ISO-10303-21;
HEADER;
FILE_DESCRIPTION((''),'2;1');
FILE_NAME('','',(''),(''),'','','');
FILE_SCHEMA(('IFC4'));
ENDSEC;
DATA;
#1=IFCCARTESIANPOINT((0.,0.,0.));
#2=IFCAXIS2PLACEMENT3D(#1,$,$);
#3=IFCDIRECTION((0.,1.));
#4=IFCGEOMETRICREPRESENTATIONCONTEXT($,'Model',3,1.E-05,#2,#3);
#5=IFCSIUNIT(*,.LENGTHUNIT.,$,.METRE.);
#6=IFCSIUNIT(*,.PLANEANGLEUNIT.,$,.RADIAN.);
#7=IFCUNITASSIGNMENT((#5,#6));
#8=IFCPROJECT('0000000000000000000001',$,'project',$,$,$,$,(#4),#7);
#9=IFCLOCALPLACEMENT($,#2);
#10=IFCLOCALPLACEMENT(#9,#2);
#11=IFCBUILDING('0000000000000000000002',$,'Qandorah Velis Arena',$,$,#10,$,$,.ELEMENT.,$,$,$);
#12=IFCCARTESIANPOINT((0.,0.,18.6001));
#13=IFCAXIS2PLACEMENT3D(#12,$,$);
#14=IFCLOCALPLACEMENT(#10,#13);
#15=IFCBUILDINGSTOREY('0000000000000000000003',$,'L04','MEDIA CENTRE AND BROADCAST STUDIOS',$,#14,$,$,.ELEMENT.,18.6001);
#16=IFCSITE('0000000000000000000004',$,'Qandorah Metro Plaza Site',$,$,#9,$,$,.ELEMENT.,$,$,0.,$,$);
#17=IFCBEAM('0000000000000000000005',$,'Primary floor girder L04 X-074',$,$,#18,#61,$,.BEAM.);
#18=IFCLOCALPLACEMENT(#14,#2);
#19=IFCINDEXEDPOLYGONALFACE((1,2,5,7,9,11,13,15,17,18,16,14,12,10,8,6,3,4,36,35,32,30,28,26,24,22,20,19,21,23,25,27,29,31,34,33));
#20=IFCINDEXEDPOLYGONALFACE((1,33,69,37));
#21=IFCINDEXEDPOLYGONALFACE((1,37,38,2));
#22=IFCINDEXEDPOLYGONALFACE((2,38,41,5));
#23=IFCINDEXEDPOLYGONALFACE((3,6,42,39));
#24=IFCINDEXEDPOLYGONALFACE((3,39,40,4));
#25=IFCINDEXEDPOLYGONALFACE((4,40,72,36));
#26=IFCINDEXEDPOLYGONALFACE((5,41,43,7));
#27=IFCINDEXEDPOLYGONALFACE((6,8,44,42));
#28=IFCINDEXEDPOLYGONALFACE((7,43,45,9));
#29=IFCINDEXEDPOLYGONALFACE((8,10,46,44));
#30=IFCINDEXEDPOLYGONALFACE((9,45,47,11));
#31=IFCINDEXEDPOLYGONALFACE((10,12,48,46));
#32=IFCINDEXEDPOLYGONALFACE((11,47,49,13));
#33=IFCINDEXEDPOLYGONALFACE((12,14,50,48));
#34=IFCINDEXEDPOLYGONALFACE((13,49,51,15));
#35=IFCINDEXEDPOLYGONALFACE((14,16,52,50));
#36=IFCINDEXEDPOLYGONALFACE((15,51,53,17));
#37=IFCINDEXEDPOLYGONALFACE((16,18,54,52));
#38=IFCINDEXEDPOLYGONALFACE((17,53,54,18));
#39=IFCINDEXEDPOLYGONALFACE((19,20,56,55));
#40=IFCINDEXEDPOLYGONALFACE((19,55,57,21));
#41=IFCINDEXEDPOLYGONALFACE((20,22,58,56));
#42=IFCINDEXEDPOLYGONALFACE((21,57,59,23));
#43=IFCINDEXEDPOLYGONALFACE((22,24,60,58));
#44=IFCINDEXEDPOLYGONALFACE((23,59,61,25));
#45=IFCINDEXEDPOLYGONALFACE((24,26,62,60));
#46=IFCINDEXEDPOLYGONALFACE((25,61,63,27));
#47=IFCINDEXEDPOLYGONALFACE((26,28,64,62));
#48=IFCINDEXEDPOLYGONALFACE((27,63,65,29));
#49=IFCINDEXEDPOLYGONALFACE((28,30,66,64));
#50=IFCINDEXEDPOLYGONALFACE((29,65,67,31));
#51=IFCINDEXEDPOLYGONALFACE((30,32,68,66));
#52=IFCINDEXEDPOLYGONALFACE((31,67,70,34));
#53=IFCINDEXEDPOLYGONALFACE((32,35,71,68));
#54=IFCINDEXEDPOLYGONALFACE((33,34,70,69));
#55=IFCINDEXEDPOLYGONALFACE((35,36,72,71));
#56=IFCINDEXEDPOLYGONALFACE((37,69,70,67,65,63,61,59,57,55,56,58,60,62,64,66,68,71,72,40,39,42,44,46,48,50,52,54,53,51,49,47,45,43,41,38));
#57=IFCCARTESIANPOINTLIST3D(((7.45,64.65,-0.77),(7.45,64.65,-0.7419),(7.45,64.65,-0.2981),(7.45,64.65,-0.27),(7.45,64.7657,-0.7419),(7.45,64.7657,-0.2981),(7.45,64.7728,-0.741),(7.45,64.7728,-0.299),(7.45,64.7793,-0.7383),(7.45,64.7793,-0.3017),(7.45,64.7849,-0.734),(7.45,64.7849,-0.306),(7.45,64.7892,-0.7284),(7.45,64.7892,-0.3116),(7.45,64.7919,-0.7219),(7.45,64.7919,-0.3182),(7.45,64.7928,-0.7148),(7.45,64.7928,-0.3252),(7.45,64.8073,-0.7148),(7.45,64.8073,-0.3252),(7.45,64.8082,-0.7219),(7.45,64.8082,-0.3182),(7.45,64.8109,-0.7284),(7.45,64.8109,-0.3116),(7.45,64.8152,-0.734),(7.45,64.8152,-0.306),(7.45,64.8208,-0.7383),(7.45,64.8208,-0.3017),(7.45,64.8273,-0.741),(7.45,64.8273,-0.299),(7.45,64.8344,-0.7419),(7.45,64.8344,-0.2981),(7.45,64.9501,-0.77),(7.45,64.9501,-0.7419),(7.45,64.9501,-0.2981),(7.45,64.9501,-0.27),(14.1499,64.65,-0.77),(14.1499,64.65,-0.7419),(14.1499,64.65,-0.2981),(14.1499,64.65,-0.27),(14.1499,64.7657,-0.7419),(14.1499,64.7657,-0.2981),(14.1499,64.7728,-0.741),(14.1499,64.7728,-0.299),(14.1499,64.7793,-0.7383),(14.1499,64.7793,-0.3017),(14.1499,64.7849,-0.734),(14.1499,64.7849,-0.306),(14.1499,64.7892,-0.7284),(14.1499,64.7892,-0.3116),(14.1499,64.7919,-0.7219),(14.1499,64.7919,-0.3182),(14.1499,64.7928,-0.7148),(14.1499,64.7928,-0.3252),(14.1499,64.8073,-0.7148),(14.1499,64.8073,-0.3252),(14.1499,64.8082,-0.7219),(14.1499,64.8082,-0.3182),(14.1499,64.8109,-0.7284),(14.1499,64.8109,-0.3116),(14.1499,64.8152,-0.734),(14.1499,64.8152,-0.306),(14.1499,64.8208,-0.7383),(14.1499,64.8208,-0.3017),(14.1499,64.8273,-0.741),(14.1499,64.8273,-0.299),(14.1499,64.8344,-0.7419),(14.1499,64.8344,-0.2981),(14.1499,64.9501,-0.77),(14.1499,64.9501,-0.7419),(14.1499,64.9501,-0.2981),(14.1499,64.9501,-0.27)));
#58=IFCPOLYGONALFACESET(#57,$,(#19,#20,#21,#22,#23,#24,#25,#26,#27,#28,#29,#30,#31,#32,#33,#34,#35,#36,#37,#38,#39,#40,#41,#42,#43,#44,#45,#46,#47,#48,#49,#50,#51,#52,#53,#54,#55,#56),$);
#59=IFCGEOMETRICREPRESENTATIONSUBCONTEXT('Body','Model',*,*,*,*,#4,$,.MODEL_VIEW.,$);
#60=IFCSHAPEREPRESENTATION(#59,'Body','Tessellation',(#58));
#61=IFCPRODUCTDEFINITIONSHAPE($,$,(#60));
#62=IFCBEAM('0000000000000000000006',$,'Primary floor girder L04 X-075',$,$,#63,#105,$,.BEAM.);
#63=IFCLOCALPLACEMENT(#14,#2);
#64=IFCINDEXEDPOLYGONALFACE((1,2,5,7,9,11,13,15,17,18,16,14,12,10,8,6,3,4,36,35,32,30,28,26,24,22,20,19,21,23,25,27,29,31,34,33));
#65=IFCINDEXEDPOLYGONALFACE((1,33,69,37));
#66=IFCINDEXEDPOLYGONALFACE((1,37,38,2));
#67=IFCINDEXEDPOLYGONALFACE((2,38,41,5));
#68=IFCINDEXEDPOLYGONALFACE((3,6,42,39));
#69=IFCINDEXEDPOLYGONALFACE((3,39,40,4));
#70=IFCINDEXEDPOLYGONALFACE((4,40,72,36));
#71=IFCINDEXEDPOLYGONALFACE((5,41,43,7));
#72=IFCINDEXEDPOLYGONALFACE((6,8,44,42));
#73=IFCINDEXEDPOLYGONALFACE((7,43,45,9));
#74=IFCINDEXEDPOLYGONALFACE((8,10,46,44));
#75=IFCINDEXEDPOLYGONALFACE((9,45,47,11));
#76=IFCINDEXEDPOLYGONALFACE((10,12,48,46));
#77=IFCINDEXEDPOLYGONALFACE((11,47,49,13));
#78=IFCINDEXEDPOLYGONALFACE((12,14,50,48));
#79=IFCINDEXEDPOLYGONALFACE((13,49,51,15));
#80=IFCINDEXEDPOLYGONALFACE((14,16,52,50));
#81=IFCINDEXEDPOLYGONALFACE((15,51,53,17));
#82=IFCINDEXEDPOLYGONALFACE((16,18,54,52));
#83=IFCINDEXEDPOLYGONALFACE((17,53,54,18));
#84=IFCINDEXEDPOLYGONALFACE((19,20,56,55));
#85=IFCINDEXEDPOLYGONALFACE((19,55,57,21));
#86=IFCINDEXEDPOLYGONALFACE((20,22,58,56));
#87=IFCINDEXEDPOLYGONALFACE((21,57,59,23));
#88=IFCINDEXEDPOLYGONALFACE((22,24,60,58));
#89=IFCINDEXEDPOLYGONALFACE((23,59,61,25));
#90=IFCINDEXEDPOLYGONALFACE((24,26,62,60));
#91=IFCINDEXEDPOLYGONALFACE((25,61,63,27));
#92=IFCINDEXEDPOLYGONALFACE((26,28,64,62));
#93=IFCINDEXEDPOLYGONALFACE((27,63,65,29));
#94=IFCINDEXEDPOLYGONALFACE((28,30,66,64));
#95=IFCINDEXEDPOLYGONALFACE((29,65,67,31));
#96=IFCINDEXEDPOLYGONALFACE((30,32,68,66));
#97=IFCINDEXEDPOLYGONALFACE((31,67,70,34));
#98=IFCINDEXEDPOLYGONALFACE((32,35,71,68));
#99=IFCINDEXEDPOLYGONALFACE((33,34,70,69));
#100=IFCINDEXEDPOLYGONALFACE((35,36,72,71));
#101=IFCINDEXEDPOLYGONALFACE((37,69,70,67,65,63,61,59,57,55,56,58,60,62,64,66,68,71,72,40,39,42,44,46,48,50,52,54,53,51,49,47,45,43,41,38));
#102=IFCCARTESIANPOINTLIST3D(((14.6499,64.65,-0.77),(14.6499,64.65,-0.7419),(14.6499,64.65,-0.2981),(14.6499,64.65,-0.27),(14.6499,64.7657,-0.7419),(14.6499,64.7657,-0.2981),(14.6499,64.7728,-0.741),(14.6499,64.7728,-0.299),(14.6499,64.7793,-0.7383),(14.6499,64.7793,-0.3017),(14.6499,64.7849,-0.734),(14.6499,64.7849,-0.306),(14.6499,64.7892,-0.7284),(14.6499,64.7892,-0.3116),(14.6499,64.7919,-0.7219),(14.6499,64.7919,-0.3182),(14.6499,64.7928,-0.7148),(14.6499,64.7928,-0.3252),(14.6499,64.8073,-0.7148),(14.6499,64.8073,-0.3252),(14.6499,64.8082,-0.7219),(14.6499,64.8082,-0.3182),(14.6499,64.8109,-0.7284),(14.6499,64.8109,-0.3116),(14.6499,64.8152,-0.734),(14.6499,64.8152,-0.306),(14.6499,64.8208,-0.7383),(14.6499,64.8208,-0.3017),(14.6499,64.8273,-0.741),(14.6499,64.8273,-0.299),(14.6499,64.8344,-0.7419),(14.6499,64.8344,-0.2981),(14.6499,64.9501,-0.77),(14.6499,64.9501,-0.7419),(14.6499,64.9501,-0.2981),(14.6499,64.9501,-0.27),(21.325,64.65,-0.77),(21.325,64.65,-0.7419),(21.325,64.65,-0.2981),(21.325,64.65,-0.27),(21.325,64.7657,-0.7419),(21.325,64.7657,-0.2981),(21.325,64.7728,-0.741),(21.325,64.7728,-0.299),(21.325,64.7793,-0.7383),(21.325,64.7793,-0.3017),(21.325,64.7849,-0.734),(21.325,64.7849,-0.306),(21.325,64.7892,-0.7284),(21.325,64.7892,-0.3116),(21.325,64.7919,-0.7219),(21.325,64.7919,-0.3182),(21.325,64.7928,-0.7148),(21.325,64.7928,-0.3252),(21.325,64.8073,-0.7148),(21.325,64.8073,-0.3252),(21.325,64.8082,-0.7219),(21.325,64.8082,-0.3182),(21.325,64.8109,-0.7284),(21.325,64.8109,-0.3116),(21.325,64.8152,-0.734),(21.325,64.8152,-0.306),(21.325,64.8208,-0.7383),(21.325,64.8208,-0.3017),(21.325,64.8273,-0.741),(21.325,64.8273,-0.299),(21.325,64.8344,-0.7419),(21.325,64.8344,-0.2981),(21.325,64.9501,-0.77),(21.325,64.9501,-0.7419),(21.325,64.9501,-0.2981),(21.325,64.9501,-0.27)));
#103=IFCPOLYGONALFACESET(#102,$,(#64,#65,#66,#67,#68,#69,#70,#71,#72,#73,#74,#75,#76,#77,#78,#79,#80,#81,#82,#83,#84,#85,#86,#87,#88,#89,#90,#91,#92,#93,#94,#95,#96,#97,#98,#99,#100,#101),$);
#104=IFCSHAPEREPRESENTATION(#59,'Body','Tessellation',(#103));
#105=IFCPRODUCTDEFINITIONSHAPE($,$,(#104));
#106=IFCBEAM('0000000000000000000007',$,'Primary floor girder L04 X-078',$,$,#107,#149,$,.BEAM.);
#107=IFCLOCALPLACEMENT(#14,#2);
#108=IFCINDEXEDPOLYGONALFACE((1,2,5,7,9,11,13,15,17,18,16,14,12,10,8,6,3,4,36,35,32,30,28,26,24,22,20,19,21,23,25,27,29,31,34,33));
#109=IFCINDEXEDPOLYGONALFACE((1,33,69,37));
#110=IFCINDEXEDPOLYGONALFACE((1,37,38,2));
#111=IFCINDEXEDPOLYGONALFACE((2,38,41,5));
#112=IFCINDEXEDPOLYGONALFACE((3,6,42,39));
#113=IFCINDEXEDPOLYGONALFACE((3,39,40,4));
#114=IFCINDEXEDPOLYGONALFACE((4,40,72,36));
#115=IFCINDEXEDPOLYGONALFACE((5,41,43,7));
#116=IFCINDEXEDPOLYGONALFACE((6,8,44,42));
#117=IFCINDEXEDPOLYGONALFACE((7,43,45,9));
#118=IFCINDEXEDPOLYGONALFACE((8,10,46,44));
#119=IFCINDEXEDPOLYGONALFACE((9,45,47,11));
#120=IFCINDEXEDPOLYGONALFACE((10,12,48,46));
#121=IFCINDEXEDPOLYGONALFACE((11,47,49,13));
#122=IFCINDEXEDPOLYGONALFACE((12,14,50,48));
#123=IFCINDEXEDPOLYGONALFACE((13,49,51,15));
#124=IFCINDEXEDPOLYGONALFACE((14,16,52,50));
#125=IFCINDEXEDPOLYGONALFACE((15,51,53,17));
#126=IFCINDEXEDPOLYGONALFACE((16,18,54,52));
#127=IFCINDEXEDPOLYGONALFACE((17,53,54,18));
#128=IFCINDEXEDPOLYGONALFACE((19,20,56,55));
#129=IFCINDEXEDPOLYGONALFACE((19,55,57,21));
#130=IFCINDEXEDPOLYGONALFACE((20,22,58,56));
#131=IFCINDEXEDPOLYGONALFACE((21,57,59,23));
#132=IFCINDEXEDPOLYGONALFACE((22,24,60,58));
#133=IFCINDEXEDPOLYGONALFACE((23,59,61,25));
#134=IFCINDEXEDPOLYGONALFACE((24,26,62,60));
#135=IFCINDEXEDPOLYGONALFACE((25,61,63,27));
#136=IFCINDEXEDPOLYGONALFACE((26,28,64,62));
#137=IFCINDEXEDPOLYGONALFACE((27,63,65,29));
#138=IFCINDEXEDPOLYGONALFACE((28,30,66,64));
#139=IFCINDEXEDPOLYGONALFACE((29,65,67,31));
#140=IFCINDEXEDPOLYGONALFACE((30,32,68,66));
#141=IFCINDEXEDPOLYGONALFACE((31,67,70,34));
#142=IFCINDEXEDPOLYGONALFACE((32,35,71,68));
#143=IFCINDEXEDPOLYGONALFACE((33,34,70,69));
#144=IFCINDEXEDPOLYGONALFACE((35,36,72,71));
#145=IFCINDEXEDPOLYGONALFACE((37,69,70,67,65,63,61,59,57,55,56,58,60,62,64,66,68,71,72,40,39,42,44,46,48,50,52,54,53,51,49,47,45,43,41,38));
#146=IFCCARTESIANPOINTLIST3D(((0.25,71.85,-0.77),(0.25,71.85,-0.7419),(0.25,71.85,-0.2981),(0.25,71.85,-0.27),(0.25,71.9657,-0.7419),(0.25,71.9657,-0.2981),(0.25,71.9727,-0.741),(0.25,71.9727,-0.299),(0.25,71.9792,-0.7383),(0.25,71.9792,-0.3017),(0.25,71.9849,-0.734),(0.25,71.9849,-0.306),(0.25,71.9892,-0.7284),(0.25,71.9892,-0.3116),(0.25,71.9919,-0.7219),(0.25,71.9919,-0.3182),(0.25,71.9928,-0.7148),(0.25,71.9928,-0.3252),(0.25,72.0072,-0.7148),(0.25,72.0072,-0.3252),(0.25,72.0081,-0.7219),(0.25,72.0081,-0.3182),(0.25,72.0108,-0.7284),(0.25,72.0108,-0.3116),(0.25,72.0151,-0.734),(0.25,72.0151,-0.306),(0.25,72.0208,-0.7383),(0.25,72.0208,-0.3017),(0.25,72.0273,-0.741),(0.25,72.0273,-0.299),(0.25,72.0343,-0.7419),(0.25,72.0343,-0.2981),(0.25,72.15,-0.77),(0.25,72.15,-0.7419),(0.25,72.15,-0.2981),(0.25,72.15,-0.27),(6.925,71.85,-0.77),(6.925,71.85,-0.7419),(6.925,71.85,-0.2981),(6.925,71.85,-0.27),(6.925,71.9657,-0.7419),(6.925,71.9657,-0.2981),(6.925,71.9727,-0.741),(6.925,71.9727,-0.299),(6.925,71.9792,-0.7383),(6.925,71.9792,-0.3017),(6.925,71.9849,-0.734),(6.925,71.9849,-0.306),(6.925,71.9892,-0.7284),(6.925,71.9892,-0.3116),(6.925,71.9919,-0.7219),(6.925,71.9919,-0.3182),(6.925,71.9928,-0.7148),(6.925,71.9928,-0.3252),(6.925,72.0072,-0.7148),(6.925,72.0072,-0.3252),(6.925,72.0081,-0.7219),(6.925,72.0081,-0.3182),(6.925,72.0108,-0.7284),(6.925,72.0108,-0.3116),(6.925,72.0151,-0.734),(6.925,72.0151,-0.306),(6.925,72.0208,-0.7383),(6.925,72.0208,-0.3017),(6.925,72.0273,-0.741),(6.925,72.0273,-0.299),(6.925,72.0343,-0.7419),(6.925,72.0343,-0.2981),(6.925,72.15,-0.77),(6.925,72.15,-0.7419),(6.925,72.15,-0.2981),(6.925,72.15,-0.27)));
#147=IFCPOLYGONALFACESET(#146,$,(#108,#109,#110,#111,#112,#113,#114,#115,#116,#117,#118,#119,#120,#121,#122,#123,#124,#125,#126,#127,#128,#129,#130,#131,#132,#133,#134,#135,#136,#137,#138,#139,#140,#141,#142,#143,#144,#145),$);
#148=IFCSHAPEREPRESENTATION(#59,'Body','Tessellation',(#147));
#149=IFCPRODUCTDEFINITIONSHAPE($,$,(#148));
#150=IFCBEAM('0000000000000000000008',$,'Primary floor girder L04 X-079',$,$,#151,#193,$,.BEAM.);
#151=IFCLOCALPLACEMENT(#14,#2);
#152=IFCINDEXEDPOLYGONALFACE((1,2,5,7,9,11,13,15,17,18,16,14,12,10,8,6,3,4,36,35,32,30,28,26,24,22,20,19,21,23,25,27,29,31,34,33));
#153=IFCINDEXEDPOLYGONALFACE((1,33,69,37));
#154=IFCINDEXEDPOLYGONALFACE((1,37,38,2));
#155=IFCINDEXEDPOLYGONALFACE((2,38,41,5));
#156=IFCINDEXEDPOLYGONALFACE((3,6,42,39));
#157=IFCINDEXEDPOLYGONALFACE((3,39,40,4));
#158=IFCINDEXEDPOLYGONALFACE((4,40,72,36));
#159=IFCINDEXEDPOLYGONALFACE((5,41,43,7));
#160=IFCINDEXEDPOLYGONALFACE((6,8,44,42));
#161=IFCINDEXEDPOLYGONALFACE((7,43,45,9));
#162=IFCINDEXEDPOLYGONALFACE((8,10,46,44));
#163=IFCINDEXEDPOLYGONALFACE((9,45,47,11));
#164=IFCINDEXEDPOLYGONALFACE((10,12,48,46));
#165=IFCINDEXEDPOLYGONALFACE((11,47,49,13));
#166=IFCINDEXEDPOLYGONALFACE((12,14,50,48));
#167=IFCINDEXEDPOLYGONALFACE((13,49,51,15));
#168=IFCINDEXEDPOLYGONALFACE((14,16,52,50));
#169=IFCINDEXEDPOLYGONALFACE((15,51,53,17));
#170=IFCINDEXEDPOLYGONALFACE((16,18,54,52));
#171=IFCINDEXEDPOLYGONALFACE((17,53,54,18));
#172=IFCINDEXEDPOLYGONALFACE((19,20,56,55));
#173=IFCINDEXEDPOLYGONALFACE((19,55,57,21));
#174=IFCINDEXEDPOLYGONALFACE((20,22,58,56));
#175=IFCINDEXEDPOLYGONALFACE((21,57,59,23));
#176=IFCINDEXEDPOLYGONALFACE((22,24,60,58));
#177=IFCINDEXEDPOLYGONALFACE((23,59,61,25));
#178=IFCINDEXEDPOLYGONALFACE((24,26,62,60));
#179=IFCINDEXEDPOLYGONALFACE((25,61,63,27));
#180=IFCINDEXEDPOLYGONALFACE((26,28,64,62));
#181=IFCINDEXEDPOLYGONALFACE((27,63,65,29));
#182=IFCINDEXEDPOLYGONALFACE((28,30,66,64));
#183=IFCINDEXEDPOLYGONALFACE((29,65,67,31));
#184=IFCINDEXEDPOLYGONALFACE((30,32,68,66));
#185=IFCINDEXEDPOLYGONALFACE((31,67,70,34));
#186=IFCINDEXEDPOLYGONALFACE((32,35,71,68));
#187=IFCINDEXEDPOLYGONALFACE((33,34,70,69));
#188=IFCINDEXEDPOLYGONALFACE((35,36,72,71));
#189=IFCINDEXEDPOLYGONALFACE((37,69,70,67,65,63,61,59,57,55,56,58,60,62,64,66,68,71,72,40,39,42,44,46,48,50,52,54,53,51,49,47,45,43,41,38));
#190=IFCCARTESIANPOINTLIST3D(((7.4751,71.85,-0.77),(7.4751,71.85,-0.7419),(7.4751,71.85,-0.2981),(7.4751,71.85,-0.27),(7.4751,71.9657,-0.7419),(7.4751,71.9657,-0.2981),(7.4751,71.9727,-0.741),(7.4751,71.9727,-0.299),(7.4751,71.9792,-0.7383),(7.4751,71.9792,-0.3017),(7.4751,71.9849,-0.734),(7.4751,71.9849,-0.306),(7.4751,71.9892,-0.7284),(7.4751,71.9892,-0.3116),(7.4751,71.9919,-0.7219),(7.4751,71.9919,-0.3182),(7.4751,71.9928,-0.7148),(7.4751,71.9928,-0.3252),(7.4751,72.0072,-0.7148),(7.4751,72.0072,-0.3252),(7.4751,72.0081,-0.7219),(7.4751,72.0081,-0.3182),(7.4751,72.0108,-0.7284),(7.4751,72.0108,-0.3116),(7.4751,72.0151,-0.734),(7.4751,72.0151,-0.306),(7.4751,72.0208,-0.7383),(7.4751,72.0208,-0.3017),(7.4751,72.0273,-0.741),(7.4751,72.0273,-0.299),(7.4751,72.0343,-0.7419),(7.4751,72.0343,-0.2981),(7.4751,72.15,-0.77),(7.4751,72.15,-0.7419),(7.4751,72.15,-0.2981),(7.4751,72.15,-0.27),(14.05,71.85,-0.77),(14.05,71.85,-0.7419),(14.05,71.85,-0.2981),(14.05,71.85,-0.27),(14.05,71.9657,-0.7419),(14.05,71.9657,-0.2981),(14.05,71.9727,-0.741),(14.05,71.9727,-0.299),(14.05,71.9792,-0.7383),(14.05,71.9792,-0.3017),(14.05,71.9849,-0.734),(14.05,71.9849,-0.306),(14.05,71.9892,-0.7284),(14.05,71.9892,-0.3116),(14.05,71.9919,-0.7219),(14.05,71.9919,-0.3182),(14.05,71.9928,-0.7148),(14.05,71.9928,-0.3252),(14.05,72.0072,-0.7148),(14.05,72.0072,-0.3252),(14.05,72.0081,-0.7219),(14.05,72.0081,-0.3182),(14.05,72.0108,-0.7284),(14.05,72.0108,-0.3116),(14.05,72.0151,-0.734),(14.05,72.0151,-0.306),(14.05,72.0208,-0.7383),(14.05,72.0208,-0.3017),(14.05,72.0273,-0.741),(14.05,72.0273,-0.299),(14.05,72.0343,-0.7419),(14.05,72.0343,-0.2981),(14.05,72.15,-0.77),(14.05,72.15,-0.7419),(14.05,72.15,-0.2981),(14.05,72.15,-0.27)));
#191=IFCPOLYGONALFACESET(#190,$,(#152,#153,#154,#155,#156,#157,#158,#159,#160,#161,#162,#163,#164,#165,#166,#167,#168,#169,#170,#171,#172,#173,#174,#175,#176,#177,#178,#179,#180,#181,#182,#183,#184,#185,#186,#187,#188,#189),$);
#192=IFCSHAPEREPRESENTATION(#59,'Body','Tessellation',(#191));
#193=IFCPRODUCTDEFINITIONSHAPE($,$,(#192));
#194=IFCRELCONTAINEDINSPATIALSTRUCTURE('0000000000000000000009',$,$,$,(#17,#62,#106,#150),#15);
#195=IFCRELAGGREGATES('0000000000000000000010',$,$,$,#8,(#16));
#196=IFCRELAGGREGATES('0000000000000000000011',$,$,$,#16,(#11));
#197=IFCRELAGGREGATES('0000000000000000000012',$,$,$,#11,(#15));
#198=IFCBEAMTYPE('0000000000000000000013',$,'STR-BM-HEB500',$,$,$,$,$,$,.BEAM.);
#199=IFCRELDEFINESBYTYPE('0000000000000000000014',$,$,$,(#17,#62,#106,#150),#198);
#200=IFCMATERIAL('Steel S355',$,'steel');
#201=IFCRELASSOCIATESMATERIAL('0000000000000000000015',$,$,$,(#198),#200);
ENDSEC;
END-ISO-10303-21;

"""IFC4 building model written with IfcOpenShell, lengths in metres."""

from ifc_helpers import new_model, si_unit, direction, frame, origin, origin_2d, place, context, subcontext, project, spatial, i_section, extrude, material, material_profile, profile_set, type_object, element, save


model = new_model("IFC4")

# Units and contexts
model_context = context("Model", 3, precision=1e-05, world=origin(), true_north=direction((0.0, 1.0)))
body_context = subcontext(model_context, "Body", "Model", "MODEL_VIEW")
ifc_project = project(units=[si_unit("LENGTHUNIT", "METRE"), si_unit("PLANEANGLEUNIT", "RADIAN")], contexts=[model_context])

# Site, building, storey
site_placement = place(None, origin())
site = spatial("IfcSite", under=ifc_project, at=site_placement, Name="Qandorah Metro Plaza Site", CompositionType="ELEMENT", RefElevation=0.0)
building_placement = place(site_placement, origin())
building = spatial("IfcBuilding", under=site, at=building_placement, Name="Qandorah Velis Arena", CompositionType="ELEMENT")
storey_placement = place(building_placement, frame((0.0, 0.0, 18.6001)))
storey = spatial("IfcBuildingStorey", under=building, at=storey_placement, Name="L04", Description="MEDIA CENTRE AND BROADCAST STUDIOS", CompositionType="ELEMENT", Elevation=18.6001)

# Shared definitions
ifc_material_1 = material(Name="Steel S355", Category="steel")

# Beams
ifc_material_profile_1 = material_profile(ifc_material_1, i_section(OverallWidth=0.3, OverallDepth=0.5, WebThickness=0.0144, FlangeThickness=0.0281, FilletRadius=0.0271, at=origin_2d()), Name="HEB 500")
ifc_profile_set_1 = profile_set([ifc_material_profile_1], Name="Steel S355")
beam_type_1 = type_object("IfcBeamType", Name="STR-BM-HEB500", PredefinedType="BEAM", material=ifc_profile_set_1)
beam_1_placement = place(storey_placement, frame((7.45, 64.8, -0.52), z_axis=(1.0, 0.0, 0.0), x_axis=(0.0, 1.0, 0.0)))
element("IfcBeam", 1, at=beam_1_placement, inside=storey, type_object=beam_type_1, Name="Primary floor girder L04 X-074", PredefinedType="BEAM", context=body_context, shape_type="SweptSolid", body=[
    extrude(i_section(OverallWidth=0.3, OverallDepth=0.5, WebThickness=0.0144, FlangeThickness=0.0281, FilletRadius=0.0271, at=origin_2d()), origin(), (0.0, 0.0, 1.0), 6.7),
])
for number, where, z_axis, x_axis, name in (
    (2, (14.6499, 64.8, -0.52), (1.0, 0.0, 0.0), (0.0, 1.0, 0.0), "Primary floor girder L04 X-075"),
    (3, (0.25, 72.0, -0.52), (1.0, 0.0, 0.0), (0.0, 1.0, 0.0), "Primary floor girder L04 X-078"),
):
    element("IfcBeam", number, at=place(storey_placement, frame(where, z_axis=z_axis, x_axis=x_axis)), inside=storey, type_object=beam_type_1, Name=name, PredefinedType="BEAM", context=body_context, shape_type="SweptSolid", body=[
        extrude(i_section(OverallWidth=0.3, OverallDepth=0.5, WebThickness=0.0144, FlangeThickness=0.0281, FilletRadius=0.0271, at=origin_2d()), origin(), (0.0, 0.0, 1.0), 6.675),
    ])
beam_2_placement = place(storey_placement, frame((7.4751, 72.0, -0.52), z_axis=(1.0, 0.0, 0.0), x_axis=(0.0, 1.0, 0.0)))
element("IfcBeam", 4, at=beam_2_placement, inside=storey, type_object=beam_type_1, Name="Primary floor girder L04 X-079", PredefinedType="BEAM", context=body_context, shape_type="SweptSolid", body=[
    extrude(i_section(OverallWidth=0.3, OverallDepth=0.5, WebThickness=0.0144, FlangeThickness=0.0281, FilletRadius=0.0271, at=origin_2d()), origin(), (0.0, 0.0, 1.0), 6.575),
])

save(model, "model.ifc")
